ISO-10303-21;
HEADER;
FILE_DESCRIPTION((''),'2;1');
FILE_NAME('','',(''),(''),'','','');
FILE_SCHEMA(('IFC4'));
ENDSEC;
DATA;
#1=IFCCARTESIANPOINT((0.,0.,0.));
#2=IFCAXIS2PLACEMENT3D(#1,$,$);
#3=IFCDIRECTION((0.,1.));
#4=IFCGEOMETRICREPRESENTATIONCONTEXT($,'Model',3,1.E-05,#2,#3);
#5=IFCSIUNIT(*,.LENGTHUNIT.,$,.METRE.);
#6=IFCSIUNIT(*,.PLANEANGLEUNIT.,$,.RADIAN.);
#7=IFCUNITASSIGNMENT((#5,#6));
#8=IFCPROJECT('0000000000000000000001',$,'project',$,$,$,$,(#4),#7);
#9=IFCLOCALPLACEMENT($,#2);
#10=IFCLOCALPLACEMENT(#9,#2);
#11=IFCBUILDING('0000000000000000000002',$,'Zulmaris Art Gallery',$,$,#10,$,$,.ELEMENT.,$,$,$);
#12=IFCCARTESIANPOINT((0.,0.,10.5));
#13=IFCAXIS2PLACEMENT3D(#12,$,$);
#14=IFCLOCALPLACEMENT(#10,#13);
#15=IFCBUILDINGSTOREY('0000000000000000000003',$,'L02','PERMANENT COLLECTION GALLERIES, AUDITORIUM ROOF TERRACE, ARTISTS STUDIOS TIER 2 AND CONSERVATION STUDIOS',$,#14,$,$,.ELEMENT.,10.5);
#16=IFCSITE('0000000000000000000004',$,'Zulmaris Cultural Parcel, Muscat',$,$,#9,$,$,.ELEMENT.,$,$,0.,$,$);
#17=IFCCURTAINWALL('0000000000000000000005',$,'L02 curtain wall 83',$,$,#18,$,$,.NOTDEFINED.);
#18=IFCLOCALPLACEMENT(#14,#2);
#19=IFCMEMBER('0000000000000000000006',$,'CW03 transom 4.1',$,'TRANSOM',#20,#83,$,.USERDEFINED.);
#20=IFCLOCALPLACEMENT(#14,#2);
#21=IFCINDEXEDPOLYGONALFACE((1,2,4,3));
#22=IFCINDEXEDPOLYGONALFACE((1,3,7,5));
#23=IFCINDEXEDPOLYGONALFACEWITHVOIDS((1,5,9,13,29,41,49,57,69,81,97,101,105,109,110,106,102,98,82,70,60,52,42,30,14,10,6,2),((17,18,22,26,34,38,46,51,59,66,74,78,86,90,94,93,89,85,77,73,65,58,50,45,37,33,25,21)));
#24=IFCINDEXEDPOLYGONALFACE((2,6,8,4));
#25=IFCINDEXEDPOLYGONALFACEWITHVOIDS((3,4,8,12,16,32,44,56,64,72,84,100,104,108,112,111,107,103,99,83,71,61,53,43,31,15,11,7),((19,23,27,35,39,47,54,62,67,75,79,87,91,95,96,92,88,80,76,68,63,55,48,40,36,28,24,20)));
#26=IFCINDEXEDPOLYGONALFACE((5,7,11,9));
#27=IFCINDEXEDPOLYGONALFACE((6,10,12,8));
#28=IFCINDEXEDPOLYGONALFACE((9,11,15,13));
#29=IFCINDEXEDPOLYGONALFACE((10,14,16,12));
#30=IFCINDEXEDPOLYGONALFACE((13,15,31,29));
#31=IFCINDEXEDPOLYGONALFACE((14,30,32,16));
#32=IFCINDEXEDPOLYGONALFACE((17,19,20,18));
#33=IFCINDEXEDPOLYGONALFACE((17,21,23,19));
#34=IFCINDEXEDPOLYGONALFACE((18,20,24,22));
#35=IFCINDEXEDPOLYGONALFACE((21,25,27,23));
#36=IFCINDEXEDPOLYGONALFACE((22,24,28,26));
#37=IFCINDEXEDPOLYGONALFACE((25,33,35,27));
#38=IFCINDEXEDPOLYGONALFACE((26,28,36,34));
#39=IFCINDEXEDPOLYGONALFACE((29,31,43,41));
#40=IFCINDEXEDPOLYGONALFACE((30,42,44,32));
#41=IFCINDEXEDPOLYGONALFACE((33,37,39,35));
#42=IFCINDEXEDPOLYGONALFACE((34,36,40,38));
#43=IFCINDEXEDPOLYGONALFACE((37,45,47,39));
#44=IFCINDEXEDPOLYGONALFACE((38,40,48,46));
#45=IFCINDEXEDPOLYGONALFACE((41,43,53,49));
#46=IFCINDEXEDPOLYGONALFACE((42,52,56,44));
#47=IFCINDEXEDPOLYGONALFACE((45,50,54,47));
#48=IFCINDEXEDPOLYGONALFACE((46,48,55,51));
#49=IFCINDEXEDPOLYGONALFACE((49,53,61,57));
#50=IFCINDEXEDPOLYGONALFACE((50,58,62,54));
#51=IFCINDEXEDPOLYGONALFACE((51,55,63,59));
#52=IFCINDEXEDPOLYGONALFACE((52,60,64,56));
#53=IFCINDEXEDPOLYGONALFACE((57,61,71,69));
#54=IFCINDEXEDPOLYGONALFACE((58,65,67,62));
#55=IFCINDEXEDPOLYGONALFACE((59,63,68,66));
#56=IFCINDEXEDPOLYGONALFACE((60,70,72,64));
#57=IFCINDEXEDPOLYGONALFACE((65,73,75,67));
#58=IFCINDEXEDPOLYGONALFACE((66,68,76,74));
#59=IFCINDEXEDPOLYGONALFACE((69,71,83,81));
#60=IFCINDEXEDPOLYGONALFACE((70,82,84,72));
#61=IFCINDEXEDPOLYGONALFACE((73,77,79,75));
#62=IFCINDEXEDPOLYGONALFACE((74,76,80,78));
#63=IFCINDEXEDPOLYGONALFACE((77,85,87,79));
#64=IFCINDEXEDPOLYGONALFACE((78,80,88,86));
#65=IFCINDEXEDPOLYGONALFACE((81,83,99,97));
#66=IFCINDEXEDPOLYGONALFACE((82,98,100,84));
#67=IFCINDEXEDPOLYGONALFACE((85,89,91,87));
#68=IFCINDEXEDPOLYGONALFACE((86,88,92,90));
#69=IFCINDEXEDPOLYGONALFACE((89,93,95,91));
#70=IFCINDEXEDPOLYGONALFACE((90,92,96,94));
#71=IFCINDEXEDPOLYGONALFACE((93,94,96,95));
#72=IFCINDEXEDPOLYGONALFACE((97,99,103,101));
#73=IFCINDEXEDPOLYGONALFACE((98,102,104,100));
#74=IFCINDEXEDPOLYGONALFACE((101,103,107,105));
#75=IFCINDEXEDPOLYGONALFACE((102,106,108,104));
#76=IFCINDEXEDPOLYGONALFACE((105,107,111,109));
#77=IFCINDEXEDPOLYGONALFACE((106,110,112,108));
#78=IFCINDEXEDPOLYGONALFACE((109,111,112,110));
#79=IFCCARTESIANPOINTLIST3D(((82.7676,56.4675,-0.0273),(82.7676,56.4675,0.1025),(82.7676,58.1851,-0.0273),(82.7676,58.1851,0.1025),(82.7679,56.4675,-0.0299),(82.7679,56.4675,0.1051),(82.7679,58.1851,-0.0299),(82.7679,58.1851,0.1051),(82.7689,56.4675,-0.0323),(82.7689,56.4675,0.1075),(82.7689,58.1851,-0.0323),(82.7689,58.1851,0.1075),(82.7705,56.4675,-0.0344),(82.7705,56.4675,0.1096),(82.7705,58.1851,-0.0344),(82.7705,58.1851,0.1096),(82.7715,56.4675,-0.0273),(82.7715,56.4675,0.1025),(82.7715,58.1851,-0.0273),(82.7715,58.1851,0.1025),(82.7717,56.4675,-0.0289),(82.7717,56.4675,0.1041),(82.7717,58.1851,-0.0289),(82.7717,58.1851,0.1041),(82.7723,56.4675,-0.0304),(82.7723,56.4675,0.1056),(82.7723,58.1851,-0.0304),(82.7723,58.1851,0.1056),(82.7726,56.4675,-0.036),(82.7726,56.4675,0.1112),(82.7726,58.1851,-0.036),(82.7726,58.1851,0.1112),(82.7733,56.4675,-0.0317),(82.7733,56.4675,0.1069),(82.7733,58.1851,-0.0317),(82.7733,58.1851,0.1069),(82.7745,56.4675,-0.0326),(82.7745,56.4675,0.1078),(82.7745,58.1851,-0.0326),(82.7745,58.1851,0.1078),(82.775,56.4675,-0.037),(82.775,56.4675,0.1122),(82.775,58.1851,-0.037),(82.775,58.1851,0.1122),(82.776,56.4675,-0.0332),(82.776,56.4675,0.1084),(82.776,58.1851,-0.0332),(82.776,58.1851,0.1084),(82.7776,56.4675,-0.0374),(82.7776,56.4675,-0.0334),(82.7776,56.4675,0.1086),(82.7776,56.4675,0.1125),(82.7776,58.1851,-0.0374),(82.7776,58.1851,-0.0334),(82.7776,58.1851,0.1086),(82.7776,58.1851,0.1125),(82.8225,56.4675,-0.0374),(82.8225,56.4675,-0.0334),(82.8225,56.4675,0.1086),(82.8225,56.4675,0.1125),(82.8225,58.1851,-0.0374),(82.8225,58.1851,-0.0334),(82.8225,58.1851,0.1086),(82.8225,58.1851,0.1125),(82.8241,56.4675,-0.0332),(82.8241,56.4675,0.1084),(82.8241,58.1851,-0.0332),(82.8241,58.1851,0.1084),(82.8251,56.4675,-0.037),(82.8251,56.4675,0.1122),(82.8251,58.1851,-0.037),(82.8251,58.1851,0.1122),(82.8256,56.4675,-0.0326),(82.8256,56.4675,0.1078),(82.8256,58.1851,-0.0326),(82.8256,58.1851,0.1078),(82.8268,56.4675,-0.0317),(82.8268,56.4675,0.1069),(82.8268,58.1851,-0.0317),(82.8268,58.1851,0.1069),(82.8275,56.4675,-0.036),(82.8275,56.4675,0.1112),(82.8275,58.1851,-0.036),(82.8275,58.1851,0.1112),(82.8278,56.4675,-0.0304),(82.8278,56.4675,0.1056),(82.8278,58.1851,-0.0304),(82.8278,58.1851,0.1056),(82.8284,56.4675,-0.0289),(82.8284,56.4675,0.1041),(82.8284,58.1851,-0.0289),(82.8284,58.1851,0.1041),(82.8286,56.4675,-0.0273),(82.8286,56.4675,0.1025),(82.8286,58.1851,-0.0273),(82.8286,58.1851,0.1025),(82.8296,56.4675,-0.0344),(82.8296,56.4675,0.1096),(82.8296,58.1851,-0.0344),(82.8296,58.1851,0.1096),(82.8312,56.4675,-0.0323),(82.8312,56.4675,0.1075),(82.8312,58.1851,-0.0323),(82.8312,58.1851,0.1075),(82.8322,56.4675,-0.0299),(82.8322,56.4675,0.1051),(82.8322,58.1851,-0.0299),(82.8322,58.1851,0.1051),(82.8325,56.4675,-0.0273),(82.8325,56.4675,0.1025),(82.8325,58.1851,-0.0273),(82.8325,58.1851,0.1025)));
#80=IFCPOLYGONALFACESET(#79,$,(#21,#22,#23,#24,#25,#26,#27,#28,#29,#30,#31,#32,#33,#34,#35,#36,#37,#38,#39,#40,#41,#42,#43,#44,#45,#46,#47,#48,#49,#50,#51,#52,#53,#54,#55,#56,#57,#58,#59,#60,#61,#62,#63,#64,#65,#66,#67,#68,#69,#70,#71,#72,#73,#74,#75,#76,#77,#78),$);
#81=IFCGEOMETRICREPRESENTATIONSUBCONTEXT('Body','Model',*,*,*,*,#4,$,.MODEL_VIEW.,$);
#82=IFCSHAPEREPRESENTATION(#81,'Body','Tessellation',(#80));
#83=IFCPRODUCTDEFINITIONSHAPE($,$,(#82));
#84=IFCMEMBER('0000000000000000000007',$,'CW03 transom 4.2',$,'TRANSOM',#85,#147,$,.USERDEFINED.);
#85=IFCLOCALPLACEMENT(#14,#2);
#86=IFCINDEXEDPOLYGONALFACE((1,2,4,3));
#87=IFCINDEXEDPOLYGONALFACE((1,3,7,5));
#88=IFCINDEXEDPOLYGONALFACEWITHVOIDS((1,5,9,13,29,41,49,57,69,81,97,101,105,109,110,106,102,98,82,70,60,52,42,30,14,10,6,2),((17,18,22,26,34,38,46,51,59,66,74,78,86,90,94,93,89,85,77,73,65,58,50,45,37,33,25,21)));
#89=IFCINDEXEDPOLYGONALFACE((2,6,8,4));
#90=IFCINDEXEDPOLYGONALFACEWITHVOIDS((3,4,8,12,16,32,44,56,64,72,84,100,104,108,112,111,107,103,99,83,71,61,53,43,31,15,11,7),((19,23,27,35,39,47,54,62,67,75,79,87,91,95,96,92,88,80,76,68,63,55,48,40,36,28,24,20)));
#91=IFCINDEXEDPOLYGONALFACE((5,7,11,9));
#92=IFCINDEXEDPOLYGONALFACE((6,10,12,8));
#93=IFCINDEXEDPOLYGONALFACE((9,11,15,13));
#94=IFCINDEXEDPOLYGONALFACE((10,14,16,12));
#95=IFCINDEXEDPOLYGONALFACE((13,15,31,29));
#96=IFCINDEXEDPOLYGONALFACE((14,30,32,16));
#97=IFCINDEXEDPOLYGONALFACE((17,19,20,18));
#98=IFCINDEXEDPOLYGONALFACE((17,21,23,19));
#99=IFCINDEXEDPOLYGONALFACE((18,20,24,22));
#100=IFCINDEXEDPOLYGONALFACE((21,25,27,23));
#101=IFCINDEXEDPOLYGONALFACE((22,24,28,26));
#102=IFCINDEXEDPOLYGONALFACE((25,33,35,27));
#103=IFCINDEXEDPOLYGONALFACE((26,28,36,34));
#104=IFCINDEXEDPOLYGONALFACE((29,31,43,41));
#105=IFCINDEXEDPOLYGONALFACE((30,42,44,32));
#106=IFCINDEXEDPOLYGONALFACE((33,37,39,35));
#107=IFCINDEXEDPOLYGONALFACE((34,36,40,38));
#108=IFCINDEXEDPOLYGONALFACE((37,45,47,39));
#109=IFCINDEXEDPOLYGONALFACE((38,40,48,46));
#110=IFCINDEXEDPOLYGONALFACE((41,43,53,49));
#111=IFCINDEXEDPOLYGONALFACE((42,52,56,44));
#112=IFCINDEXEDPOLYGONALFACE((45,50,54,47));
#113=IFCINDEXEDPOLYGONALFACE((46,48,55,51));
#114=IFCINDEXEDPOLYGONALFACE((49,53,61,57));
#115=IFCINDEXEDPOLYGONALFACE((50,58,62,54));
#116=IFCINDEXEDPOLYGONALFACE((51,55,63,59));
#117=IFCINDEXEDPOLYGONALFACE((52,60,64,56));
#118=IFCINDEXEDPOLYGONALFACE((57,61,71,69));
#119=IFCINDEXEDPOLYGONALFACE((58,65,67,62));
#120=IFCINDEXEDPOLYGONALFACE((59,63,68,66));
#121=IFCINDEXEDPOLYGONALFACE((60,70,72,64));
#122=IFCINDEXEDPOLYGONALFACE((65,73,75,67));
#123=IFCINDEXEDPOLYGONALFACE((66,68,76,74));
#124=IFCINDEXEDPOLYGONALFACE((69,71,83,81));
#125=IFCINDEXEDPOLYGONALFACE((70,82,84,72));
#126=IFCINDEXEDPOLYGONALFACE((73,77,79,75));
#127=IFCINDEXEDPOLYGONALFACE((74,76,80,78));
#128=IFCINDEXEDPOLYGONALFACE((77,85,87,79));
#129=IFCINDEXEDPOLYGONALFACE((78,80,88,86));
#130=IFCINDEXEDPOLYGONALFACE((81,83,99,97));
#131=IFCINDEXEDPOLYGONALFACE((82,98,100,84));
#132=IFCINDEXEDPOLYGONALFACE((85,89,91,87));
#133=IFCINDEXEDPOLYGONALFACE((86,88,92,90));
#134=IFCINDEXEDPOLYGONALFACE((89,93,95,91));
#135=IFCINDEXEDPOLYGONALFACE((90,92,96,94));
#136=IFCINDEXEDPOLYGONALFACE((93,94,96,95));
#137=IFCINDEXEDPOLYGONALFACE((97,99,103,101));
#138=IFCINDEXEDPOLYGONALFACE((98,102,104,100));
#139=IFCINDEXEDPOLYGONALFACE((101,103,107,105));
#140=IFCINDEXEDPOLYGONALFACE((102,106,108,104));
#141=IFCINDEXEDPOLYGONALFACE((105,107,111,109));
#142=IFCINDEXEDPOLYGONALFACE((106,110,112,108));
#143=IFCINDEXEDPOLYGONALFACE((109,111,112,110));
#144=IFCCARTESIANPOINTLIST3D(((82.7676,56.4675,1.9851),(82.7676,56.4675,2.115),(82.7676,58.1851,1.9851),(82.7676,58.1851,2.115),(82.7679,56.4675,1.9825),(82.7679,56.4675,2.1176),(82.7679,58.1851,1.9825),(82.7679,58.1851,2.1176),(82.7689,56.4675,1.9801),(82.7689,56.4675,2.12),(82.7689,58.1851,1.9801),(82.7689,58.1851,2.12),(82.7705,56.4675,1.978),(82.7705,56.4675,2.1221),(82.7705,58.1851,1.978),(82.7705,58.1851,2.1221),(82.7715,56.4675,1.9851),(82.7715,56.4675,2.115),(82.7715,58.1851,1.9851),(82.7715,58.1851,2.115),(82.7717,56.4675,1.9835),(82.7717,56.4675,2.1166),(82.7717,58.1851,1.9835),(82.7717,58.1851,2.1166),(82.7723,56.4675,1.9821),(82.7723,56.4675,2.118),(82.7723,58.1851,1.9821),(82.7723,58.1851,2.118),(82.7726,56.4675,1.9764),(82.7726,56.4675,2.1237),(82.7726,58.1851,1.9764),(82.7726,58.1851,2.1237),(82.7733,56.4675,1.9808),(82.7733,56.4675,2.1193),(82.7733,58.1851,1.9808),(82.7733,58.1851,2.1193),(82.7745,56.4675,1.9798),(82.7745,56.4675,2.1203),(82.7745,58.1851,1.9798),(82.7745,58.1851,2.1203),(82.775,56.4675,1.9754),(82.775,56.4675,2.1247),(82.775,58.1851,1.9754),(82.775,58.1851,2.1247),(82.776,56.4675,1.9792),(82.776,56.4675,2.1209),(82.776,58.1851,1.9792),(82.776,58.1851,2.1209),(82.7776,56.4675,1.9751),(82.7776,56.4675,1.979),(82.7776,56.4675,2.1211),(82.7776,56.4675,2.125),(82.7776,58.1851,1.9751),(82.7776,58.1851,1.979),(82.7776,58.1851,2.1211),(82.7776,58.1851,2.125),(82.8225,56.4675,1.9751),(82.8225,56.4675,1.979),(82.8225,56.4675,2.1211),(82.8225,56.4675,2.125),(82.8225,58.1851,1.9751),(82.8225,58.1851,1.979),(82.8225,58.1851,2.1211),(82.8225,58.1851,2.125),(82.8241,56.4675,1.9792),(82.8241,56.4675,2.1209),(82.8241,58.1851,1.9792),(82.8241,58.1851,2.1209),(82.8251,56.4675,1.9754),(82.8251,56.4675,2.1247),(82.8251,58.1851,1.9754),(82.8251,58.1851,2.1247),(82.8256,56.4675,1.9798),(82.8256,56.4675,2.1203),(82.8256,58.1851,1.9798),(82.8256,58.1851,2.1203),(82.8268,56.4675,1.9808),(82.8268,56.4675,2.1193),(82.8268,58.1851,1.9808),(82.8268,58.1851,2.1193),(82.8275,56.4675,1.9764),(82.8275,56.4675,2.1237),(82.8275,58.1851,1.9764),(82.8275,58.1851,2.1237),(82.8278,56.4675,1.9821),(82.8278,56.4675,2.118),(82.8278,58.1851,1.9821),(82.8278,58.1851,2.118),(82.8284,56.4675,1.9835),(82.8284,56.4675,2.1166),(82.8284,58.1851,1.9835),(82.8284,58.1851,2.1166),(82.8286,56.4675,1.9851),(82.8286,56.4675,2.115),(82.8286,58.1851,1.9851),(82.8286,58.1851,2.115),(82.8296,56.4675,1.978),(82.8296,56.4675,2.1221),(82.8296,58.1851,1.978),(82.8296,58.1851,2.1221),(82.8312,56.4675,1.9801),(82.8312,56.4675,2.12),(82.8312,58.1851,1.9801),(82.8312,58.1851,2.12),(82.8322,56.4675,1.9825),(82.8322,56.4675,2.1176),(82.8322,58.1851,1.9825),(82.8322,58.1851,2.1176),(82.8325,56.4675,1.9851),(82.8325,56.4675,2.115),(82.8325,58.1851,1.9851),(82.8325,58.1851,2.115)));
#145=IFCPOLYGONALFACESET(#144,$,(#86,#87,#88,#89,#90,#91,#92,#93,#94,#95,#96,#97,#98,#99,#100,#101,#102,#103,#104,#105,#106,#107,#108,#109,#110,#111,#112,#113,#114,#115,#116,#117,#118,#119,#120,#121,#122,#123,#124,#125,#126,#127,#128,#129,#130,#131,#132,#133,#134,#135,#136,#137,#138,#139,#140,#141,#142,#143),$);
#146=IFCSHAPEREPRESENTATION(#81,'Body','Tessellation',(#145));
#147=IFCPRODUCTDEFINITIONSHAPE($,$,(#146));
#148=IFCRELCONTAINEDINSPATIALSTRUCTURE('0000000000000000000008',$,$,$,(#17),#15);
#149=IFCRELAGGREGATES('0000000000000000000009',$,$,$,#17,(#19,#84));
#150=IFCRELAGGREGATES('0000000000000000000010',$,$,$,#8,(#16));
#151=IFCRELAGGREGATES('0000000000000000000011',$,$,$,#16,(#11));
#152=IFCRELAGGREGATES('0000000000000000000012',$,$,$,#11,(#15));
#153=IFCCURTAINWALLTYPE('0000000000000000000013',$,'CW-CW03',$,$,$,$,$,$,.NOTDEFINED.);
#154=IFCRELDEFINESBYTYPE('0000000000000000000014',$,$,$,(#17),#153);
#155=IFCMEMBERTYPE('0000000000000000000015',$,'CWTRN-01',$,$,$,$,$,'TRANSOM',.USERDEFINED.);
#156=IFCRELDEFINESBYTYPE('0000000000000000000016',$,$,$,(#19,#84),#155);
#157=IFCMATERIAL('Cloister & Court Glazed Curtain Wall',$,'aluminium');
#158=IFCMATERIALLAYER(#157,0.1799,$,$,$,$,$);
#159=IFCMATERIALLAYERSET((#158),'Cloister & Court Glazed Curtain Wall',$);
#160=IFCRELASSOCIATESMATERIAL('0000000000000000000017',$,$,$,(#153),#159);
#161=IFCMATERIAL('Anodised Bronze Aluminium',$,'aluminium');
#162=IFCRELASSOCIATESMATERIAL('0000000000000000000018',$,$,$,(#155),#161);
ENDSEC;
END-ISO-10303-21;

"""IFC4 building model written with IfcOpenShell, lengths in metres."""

from ifc_helpers import new_model, si_unit, direction, frame, origin, origin_2d, place, context, subcontext, project, spatial, hollow_rectangle, extrude, material, layer, layer_set, material_profile, profile_set, type_object, element, aggregate, save


model = new_model("IFC4")

# Units and contexts
model_context = context("Model", 3, precision=1e-05, world=origin(), true_north=direction((0.0, 1.0)))
body_context = subcontext(model_context, "Body", "Model", "MODEL_VIEW")
ifc_project = project(units=[si_unit("LENGTHUNIT", "METRE"), si_unit("PLANEANGLEUNIT", "RADIAN")], contexts=[model_context])

# Site, building, storey
site_placement = place(None, origin())
site = spatial("IfcSite", under=ifc_project, at=site_placement, Name="Zulmaris Cultural Parcel, Muscat", CompositionType="ELEMENT", RefElevation=0.0)
building_placement = place(site_placement, origin())
building = spatial("IfcBuilding", under=site, at=building_placement, Name="Zulmaris Art Gallery", CompositionType="ELEMENT")
storey_placement = place(building_placement, frame((0.0, 0.0, 10.5)))
storey = spatial("IfcBuildingStorey", under=building, at=storey_placement, Name="L02", Description="PERMANENT COLLECTION GALLERIES, AUDITORIUM ROOF TERRACE, ARTISTS STUDIOS TIER 2 AND CONSERVATION STUDIOS", CompositionType="ELEMENT", Elevation=10.5)

# Curtain wall
ifc_material_1 = material(Name="Cloister & Court Glazed Curtain Wall", Category="aluminium")
ifc_layer_1 = layer(ifc_material_1, 0.1799)
ifc_layer_set_1 = layer_set([ifc_layer_1], Name="Cloister & Court Glazed Curtain Wall")
curtain_wall_type = type_object("IfcCurtainWallType", Name="CW-CW03", PredefinedType="NOTDEFINED", material=ifc_layer_set_1)
curtain_wall_1_placement = place(storey_placement, origin())
curtain_wall_1 = element("IfcCurtainWall", 1, at=curtain_wall_1_placement, inside=storey, type_object=curtain_wall_type, Name="L02 curtain wall 83", PredefinedType="NOTDEFINED")
ifc_material_2 = material(Name="Anodised Bronze Aluminium", Category="aluminium")

# Members
ifc_material_profile_1 = material_profile(ifc_material_2, hollow_rectangle(XDim=0.0649, YDim=0.1499, WallThickness=0.0039, InnerFilletRadius=0.0061, OuterFilletRadius=0.01, at=origin_2d()), Name="ALU 65x150x4")
ifc_profile_set_1 = profile_set([ifc_material_profile_1], Name="Anodised Bronze Aluminium")
member_type_1 = type_object("IfcMemberType", Name="CWTRN-01", ElementType="TRANSOM", PredefinedType="USERDEFINED", material=ifc_profile_set_1)
member_1_placement = place(storey_placement, frame((82.8, 56.4675, 0.0376), z_axis=(0.0, 1.0, 0.0), x_axis=(-1.0, 0.0, 0.0)))
member_1 = element("IfcMember", 2, at=member_1_placement, type_object=member_type_1, Name="CW03 transom 4.1", ObjectType="TRANSOM", PredefinedType="USERDEFINED", context=body_context, shape_type="SweptSolid", body=[
    extrude(hollow_rectangle(XDim=0.0649, YDim=0.1499, WallThickness=0.0039, InnerFilletRadius=0.0061, OuterFilletRadius=0.01, at=origin_2d()), origin(), (0.0, 0.0, 1.0), 1.7175),
])
member_2_placement = place(storey_placement, frame((82.8, 56.4675, 2.05), z_axis=(0.0, 1.0, 0.0), x_axis=(-1.0, 0.0, 0.0)))
member_2 = element("IfcMember", 3, at=member_2_placement, type_object=member_type_1, Name="CW03 transom 4.2", ObjectType="TRANSOM", PredefinedType="USERDEFINED", context=body_context, shape_type="SweptSolid", body=[
    extrude(hollow_rectangle(XDim=0.0649, YDim=0.1499, WallThickness=0.0039, InnerFilletRadius=0.0061, OuterFilletRadius=0.01, at=origin_2d()), origin(), (0.0, 0.0, 1.0), 1.7175),
])

aggregate(curtain_wall_1, [member_1, member_2])

save(model, "model.ifc")
